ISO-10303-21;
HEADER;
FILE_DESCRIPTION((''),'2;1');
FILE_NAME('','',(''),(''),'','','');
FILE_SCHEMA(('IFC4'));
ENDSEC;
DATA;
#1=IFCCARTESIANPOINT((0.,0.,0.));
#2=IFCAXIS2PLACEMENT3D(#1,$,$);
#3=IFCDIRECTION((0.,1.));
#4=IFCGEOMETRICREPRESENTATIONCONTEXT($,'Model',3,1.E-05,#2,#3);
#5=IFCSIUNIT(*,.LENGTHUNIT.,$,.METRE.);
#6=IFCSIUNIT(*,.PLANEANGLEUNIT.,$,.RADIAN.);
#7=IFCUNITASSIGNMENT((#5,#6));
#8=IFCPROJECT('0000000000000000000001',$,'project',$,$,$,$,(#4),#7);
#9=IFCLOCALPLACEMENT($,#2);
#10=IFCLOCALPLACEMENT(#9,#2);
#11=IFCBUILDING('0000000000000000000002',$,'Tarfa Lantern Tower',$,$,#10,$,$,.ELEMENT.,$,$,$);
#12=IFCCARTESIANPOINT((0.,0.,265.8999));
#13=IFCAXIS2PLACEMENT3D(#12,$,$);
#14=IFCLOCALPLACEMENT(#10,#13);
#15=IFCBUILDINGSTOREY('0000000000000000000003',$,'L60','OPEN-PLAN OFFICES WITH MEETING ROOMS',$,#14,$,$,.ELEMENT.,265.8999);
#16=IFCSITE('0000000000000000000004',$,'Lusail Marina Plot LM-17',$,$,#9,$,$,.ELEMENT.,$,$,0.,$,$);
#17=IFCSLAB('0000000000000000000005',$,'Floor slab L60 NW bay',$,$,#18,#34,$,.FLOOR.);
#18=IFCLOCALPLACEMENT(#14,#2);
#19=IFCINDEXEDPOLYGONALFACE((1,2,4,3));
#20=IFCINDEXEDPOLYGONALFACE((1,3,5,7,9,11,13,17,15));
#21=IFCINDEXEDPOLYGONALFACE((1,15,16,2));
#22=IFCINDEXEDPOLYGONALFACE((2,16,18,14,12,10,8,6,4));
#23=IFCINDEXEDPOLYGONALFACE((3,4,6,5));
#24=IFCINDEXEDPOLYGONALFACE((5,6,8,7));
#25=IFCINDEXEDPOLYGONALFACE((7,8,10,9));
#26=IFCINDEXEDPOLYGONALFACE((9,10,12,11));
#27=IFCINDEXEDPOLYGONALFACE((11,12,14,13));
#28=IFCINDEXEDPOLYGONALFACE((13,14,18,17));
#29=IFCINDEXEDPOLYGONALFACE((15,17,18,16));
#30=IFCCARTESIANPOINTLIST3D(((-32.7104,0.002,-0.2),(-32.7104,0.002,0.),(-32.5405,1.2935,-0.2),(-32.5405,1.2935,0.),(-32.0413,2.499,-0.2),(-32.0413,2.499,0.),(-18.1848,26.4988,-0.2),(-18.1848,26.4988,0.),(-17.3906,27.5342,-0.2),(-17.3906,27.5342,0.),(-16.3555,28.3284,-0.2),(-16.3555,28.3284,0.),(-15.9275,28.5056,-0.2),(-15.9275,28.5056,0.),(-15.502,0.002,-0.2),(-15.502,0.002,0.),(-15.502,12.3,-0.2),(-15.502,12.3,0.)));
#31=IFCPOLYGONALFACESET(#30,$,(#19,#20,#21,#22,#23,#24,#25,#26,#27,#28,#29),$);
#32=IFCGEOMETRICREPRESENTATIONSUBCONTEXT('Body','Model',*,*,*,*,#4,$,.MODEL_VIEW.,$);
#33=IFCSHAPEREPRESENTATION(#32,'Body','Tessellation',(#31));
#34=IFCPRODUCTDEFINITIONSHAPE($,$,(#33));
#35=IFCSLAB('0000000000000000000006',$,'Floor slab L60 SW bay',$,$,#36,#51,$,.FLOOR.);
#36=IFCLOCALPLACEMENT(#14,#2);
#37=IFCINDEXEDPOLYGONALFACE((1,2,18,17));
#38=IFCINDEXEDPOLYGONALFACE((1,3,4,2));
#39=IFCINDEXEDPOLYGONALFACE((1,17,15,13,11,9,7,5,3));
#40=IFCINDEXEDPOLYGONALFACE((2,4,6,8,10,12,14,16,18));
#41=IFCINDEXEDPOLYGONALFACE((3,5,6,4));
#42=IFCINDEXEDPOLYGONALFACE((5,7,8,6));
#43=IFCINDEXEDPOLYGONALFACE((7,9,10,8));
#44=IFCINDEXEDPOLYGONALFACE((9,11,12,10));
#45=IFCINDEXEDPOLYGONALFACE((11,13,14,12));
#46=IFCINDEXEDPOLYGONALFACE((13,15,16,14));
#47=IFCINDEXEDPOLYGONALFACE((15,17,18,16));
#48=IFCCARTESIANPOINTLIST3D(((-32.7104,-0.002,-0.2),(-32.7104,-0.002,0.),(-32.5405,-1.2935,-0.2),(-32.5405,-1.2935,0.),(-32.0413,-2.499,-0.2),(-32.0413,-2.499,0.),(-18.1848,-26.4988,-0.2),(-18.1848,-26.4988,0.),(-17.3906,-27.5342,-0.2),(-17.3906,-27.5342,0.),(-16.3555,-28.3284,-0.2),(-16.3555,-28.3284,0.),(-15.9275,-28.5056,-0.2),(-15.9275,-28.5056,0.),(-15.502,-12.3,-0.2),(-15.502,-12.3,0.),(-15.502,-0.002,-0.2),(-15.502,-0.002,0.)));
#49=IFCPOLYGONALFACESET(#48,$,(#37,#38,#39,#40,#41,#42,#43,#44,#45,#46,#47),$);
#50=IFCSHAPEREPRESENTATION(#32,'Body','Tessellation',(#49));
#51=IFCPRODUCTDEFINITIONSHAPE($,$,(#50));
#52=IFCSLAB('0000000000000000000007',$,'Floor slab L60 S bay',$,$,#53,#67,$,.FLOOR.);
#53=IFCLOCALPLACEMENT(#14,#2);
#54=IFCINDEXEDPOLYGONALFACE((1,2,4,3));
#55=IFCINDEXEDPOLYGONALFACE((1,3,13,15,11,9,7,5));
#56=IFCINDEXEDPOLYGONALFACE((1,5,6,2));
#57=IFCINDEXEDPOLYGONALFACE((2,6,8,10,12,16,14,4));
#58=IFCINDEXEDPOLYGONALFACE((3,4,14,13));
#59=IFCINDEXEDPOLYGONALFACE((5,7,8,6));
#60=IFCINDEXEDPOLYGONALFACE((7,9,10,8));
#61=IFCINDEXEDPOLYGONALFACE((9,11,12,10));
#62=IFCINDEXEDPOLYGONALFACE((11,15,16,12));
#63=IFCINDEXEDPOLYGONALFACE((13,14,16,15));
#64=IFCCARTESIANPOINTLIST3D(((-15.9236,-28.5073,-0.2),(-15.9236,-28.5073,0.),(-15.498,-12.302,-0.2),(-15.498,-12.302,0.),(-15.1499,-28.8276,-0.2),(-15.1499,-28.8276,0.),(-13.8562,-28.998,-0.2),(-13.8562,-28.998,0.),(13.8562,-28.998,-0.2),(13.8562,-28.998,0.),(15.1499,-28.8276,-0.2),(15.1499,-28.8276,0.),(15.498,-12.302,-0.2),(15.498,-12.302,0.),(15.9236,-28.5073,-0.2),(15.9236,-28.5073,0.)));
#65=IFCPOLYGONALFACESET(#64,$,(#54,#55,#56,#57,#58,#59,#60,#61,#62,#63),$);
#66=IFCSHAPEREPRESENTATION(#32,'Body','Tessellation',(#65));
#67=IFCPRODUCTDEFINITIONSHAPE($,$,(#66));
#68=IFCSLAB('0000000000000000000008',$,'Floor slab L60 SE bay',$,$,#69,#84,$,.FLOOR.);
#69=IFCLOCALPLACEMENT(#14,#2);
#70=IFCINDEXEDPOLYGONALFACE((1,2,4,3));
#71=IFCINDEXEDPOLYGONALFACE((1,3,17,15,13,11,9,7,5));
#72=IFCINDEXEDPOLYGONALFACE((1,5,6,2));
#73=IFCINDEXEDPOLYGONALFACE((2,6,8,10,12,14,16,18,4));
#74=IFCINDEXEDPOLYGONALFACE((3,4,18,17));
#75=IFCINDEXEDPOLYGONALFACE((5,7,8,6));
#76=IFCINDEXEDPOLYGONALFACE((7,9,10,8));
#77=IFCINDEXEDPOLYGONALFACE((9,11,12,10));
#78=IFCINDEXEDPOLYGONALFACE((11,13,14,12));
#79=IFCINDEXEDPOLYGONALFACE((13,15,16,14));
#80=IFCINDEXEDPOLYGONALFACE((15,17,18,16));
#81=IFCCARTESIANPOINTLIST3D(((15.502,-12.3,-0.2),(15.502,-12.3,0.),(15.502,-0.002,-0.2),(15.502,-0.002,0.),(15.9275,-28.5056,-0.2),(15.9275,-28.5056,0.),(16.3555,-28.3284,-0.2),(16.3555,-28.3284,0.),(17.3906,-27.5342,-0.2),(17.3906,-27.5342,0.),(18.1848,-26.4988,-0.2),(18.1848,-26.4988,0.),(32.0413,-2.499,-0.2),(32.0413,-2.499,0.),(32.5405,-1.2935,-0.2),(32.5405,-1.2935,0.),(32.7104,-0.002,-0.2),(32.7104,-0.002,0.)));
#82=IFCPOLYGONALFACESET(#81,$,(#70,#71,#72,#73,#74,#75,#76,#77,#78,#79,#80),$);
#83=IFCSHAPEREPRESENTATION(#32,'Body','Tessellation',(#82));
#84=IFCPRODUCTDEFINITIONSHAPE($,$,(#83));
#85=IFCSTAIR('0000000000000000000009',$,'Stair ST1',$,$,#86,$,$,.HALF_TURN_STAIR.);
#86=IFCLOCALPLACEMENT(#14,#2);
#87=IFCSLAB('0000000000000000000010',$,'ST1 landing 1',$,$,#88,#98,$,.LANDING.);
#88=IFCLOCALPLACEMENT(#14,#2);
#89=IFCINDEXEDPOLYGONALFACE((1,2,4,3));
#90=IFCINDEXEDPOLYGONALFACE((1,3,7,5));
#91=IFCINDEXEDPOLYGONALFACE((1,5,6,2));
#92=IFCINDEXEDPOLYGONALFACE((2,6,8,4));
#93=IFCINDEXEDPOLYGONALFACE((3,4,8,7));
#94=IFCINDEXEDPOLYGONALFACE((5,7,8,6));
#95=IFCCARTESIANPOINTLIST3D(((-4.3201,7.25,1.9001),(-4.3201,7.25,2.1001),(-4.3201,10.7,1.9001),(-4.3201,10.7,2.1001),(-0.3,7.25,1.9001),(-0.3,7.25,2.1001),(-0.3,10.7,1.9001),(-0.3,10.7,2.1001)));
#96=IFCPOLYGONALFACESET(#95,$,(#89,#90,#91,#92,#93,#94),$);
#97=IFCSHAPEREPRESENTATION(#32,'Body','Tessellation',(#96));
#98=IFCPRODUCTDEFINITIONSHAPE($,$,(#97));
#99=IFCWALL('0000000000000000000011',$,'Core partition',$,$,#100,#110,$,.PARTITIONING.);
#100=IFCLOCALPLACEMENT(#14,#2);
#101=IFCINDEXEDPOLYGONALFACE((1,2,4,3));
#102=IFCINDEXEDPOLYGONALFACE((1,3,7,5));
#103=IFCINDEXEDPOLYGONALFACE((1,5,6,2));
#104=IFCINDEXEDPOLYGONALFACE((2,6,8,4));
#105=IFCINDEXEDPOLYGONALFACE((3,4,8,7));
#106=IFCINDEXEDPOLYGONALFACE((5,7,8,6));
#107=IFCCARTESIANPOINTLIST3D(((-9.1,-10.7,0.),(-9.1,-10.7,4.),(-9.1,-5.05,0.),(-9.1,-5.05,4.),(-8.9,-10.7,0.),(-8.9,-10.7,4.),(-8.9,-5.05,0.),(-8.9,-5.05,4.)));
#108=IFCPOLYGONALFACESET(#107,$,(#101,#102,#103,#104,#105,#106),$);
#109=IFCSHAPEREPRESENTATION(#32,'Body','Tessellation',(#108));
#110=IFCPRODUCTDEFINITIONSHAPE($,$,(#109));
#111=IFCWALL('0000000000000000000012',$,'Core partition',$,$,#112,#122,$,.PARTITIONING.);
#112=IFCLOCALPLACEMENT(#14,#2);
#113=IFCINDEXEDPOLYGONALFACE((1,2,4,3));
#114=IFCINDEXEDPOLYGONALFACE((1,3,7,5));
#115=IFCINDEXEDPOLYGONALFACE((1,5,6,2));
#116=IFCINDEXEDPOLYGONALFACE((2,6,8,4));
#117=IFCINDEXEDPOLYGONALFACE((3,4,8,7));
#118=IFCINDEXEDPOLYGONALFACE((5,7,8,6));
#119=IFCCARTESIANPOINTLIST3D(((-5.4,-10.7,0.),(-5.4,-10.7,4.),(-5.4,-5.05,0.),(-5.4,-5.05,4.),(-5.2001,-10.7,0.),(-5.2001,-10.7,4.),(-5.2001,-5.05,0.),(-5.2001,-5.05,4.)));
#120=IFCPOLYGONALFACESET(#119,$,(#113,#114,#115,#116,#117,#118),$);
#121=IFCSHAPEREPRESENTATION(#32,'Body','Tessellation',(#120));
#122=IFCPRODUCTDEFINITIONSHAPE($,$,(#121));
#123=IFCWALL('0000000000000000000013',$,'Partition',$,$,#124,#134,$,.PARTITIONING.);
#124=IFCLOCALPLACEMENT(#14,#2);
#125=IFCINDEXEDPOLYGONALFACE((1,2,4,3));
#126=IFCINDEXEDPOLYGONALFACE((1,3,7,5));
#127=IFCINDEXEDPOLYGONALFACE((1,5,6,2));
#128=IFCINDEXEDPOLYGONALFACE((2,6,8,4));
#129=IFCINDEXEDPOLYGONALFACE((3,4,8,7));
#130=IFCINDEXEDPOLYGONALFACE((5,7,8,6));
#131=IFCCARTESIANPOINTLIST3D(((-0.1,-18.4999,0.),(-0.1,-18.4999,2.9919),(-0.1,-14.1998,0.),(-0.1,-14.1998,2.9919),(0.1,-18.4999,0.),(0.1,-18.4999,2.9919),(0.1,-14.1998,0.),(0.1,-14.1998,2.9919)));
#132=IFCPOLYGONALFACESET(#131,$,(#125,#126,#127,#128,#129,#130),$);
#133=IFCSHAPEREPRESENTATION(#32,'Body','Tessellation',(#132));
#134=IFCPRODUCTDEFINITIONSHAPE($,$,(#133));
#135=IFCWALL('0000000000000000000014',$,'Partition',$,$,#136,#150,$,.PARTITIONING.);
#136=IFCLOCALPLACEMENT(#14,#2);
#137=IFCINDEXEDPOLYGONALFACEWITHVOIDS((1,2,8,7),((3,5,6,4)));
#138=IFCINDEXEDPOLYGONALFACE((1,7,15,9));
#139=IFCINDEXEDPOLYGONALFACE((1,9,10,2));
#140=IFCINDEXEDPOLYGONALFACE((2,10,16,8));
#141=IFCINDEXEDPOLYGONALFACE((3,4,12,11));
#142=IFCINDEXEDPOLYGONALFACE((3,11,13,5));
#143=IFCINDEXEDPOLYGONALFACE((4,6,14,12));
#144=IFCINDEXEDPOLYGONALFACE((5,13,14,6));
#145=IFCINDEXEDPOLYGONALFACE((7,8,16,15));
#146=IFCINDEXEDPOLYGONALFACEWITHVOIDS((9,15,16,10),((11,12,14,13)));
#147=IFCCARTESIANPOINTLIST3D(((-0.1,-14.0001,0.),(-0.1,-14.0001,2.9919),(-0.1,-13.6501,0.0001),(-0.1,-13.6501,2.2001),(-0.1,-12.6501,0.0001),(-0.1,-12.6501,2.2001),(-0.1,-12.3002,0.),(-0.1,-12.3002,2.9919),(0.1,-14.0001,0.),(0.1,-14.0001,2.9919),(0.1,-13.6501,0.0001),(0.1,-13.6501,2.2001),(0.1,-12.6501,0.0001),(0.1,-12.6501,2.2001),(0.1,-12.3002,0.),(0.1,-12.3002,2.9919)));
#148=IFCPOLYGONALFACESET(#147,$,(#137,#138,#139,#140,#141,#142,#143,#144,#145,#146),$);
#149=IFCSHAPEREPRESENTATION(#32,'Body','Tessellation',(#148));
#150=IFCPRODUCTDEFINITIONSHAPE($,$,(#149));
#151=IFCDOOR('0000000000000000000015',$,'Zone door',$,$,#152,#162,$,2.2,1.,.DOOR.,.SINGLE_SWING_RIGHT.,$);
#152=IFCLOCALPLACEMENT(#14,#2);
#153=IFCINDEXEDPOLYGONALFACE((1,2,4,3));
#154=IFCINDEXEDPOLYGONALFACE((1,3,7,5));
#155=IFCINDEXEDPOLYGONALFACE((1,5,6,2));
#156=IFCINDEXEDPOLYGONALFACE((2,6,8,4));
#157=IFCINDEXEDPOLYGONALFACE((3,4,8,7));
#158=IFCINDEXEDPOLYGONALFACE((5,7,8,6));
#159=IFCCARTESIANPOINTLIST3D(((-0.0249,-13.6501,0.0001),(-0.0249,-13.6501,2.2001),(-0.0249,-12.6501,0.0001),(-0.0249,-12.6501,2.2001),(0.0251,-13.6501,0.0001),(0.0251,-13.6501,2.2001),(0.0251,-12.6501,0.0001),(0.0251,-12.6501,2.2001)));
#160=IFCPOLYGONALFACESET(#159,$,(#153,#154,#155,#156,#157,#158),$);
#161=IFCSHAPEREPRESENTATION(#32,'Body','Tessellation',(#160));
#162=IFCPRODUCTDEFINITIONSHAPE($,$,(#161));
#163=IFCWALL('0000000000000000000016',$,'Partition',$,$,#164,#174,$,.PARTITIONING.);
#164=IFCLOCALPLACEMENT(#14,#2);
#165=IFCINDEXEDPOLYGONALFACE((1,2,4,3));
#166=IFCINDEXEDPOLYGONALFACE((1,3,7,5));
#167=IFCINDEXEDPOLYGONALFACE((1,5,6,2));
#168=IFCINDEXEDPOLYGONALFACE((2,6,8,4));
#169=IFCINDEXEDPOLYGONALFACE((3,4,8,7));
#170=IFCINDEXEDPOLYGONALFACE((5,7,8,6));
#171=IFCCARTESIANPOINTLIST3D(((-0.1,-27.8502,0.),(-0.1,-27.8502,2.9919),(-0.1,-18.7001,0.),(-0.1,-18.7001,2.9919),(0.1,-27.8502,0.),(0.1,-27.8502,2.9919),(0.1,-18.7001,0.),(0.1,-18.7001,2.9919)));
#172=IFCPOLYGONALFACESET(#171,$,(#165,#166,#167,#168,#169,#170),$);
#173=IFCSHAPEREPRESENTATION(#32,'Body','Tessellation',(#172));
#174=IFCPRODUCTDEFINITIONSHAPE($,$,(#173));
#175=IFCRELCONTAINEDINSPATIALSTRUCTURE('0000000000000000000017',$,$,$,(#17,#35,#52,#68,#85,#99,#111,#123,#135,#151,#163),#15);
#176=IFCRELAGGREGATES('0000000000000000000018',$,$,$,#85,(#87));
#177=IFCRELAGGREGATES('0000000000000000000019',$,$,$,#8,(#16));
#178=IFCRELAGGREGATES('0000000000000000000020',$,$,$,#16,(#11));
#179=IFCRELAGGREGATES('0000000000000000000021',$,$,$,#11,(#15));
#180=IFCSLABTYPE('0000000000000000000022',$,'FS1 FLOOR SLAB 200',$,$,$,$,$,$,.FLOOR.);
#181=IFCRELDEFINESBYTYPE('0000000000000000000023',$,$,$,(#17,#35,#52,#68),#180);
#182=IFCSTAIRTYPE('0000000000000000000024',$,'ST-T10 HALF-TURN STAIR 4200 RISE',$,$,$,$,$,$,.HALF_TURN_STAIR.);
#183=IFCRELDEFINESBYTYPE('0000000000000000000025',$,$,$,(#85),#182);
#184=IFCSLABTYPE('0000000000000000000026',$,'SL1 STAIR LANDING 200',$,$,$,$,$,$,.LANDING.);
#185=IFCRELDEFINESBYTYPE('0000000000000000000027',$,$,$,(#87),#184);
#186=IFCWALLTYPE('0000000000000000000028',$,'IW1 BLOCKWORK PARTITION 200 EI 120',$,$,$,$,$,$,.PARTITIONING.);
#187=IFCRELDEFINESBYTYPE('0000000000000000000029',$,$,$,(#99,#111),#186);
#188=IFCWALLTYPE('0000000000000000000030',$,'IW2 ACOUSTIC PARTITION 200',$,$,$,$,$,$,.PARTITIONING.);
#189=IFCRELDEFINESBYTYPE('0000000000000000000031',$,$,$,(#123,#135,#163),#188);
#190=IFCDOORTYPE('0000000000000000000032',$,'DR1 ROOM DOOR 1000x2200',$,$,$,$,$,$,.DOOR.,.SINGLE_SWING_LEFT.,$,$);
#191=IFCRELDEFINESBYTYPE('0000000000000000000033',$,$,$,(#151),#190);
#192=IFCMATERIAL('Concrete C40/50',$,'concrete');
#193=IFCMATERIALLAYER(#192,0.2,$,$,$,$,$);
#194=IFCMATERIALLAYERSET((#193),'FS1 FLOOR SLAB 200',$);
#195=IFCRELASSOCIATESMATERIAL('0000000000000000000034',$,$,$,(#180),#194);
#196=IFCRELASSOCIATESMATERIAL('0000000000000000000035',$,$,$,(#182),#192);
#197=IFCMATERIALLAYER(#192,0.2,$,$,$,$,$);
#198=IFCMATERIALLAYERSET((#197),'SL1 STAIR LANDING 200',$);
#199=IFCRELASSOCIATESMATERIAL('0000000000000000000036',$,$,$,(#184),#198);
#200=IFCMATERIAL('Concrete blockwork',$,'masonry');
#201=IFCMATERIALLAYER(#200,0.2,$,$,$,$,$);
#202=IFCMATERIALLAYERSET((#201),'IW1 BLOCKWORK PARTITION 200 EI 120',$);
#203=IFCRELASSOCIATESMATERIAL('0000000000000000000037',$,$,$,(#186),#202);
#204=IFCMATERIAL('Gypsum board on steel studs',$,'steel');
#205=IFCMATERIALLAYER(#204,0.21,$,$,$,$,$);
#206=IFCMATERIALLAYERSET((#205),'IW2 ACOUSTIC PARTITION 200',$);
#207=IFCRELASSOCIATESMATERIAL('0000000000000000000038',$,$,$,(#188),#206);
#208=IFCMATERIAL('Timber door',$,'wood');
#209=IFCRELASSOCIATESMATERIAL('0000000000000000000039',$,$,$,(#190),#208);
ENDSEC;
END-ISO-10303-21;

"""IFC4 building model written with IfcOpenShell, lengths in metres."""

from ifc_helpers import new_model, si_unit, direction, frame, frame_2d, origin, place, context, subcontext, project, spatial, polyline, rectangle, outline, extrude, material, layer, layer_set, type_object, element, fill, aggregate, save


model = new_model("IFC4")

# Units and contexts
model_context = context("Model", 3, precision=1e-05, world=origin(), true_north=direction((0.0, 1.0)))
body_context = subcontext(model_context, "Body", "Model", "MODEL_VIEW")
ifc_project = project(units=[si_unit("LENGTHUNIT", "METRE"), si_unit("PLANEANGLEUNIT", "RADIAN")], contexts=[model_context])

# Site, building, storey
site_placement = place(None, origin())
site = spatial("IfcSite", under=ifc_project, at=site_placement, Name="Lusail Marina Plot LM-17", CompositionType="ELEMENT", RefElevation=0.0)
building_placement = place(site_placement, origin())
building = spatial("IfcBuilding", under=site, at=building_placement, Name="Tarfa Lantern Tower", CompositionType="ELEMENT")
storey_placement = place(building_placement, frame((0.0, 0.0, 265.8999)))
storey = spatial("IfcBuildingStorey", under=building, at=storey_placement, Name="L60", Description="OPEN-PLAN OFFICES WITH MEETING ROOMS", CompositionType="ELEMENT", Elevation=265.8999)

# Slabs
ifc_material_1 = material(Name="Concrete C40/50", Category="concrete")
ifc_layer_1 = layer(ifc_material_1, 0.2)
ifc_layer_set_1 = layer_set([ifc_layer_1], Name="FS1 FLOOR SLAB 200")
slab_type_1 = type_object("IfcSlabType", Name="FS1 FLOOR SLAB 200", PredefinedType="FLOOR", material=ifc_layer_set_1)
slab_1_placement = place(storey_placement, frame((0.0, 0.0, -0.2)))
element("IfcSlab", 1, at=slab_1_placement, inside=storey, type_object=slab_type_1, Name="Floor slab L60 NW bay", PredefinedType="FLOOR", context=body_context, shape_type="SweptSolid", body=[
    extrude(outline(polyline([(-15.502, 0.002), (-15.502, 12.3), (-15.9275, 28.5056), (-16.3555, 28.3284), (-17.3906, 27.5342), (-18.1848, 26.4988), (-32.0413, 2.499), (-32.5405, 1.2935), (-32.7104, 0.002), (-15.502, 0.002)])), origin(), (0.0, 0.0, 1.0), 0.2),
])
slab_2_placement = place(storey_placement, frame((0.0, 0.0, -0.2)))
element("IfcSlab", 2, at=slab_2_placement, inside=storey, type_object=slab_type_1, Name="Floor slab L60 SW bay", PredefinedType="FLOOR", context=body_context, shape_type="SweptSolid", body=[
    extrude(outline(polyline([(-15.502, -12.3), (-15.502, -0.002), (-32.7104, -0.002), (-32.5405, -1.2935), (-32.0413, -2.499), (-18.1848, -26.4988), (-17.3906, -27.5342), (-16.3555, -28.3284), (-15.9275, -28.5056), (-15.502, -12.3)])), origin(), (0.0, 0.0, 1.0), 0.2),
])
slab_3_placement = place(storey_placement, frame((0.0, 0.0, -0.2)))
element("IfcSlab", 3, at=slab_3_placement, inside=storey, type_object=slab_type_1, Name="Floor slab L60 S bay", PredefinedType="FLOOR", context=body_context, shape_type="SweptSolid", body=[
    extrude(outline(polyline([(15.498, -12.302), (-15.498, -12.302), (-15.9236, -28.5073), (-15.1499, -28.8276), (-13.8562, -28.998), (13.8562, -28.998), (15.1499, -28.8276), (15.9236, -28.5073), (15.498, -12.302)])), origin(), (0.0, 0.0, 1.0), 0.2),
])
slab_4_placement = place(storey_placement, frame((0.0, 0.0, -0.2)))
element("IfcSlab", 4, at=slab_4_placement, inside=storey, type_object=slab_type_1, Name="Floor slab L60 SE bay", PredefinedType="FLOOR", context=body_context, shape_type="SweptSolid", body=[
    extrude(outline(polyline([(15.502, -0.002), (15.502, -12.3), (15.9275, -28.5056), (16.3555, -28.3284), (17.3906, -27.5342), (18.1848, -26.4988), (32.0413, -2.499), (32.5405, -1.2935), (32.7104, -0.002), (15.502, -0.002)])), origin(), (0.0, 0.0, 1.0), 0.2),
])

# Stair, slab
stair_type = type_object("IfcStairType", Name="ST-T10 HALF-TURN STAIR 4200 RISE", PredefinedType="HALF_TURN_STAIR", material=ifc_material_1)
stair_placement = place(storey_placement, origin())
stair = element("IfcStair", 5, at=stair_placement, inside=storey, type_object=stair_type, Name="Stair ST1", PredefinedType="HALF_TURN_STAIR")
ifc_layer_2 = layer(ifc_material_1, 0.2)
ifc_layer_set_2 = layer_set([ifc_layer_2], Name="SL1 STAIR LANDING 200")
slab_type_2 = type_object("IfcSlabType", Name="SL1 STAIR LANDING 200", PredefinedType="LANDING", material=ifc_layer_set_2)
slab_5_placement = place(storey_placement, frame((0.0, 0.0, 1.9001)))
slab_5 = element("IfcSlab", 6, at=slab_5_placement, type_object=slab_type_2, Name="ST1 landing 1", PredefinedType="LANDING", context=body_context, shape_type="SweptSolid", body=[
    extrude(outline(polyline([(-4.3201, 7.25), (-0.3, 7.25), (-0.3, 10.7), (-4.3201, 10.7), (-4.3201, 7.25)])), origin(), (0.0, 0.0, 1.0), 0.2),
])
aggregate(stair, [slab_5])

# Walls
ifc_material_2 = material(Name="Concrete blockwork", Category="masonry")
ifc_layer_3 = layer(ifc_material_2, 0.2)
ifc_layer_set_3 = layer_set([ifc_layer_3], Name="IW1 BLOCKWORK PARTITION 200 EI 120")
wall_type_1 = type_object("IfcWallType", Name="IW1 BLOCKWORK PARTITION 200 EI 120", PredefinedType="PARTITIONING", material=ifc_layer_set_3)
for number, where, z_axis, x_axis, name in (
    (7, (-9.0, -5.05, 0.0), (0.0, 0.0, 1.0), (0.0, -1.0, 0.0), "Core partition"),
    (8, (-5.3, -5.05, 0.0), (0.0, 0.0, 1.0), (0.0, -1.0, 0.0), "Core partition"),
):
    element("IfcWall", number, at=place(storey_placement, frame(where, z_axis=z_axis, x_axis=x_axis)), inside=storey, type_object=wall_type_1, Name=name, PredefinedType="PARTITIONING", context=body_context, shape_type="SweptSolid", body=[
        extrude(rectangle(XDim=5.6499, YDim=0.2, at=frame_2d((2.825, 0.0))), origin(), (0.0, 0.0, 1.0), 4.0),
    ])
ifc_material_3 = material(Name="Gypsum board on steel studs", Category="steel")
ifc_layer_4 = layer(ifc_material_3, 0.21)
ifc_layer_set_4 = layer_set([ifc_layer_4], Name="IW2 ACOUSTIC PARTITION 200")
wall_type_2 = type_object("IfcWallType", Name="IW2 ACOUSTIC PARTITION 200", PredefinedType="PARTITIONING", material=ifc_layer_set_4)
wall_1_placement = place(storey_placement, frame((0.0, -14.2, 0.0), z_axis=(0.0, 0.0, 1.0), x_axis=(0.0, -1.0, 0.0)))
element("IfcWall", 9, at=wall_1_placement, inside=storey, type_object=wall_type_2, Name="Partition", PredefinedType="PARTITIONING", context=body_context, shape_type="SweptSolid", body=[
    extrude(rectangle(XDim=4.3, YDim=0.2, at=frame_2d((2.1499, 0.0))), origin(), (0.0, 0.0, 1.0), 2.9919),
])

# Wall, opening, door
wall_2_placement = place(storey_placement, frame((0.0, -12.3, 0.0), z_axis=(0.0, 0.0, 1.0), x_axis=(0.0, -1.0, 0.0)))
wall_2 = element("IfcWall", 10, at=wall_2_placement, inside=storey, type_object=wall_type_2, Name="Partition", PredefinedType="PARTITIONING", context=body_context, shape_type="SweptSolid", body=[
    extrude(rectangle(XDim=1.7, YDim=0.2, at=frame_2d((0.8501, 0.0))), origin(), (0.0, 0.0, 1.0), 2.9919),
])
opening_1_placement = place(wall_2_placement, frame((0.3501, 0.0, 0.0)))
opening_1 = element("IfcOpeningElement", 11, at=opening_1_placement, cuts=wall_2, PredefinedType="OPENING", context=body_context, shape_type="SweptSolid", body=[
    extrude(rectangle(XDim=1.0, YDim=2.2, at=frame_2d((0.5, 1.1001))), frame((0.0, 0.1099, 0.0), z_axis=(0.0, -1.0, 0.0), x_axis=(1.0, 0.0, 0.0)), (0.0, 0.0, 1.0), 0.22),
])
ifc_material_4 = material(Name="Timber door", Category="wood")
door_type_1 = type_object("IfcDoorType", Name="DR1 ROOM DOOR 1000x2200", OperationType="SINGLE_SWING_LEFT", PredefinedType="DOOR", material=ifc_material_4)
door_1_placement = place(opening_1_placement, frame((1.0, 0.0, 0.0), z_axis=(0.0, 0.0, 1.0), x_axis=(-1.0, 0.0, 0.0)))
door_1 = element("IfcDoor", 12, at=door_1_placement, inside=storey, type_object=door_type_1, Name="Zone door", OperationType="SINGLE_SWING_RIGHT", OverallHeight=2.2, OverallWidth=1.0, PredefinedType="DOOR", context=body_context, shape_type="SweptSolid", body=[
    extrude(rectangle(XDim=1.0, YDim=2.2, at=frame_2d((0.5, 1.1001))), frame((0.0, 0.0249, 0.0), z_axis=(0.0, -1.0, 0.0), x_axis=(1.0, 0.0, 0.0)), (0.0, 0.0, 1.0), 0.05),
])
fill(opening_1, door_1)

# Wall
wall_3_placement = place(storey_placement, frame((0.0, -18.7, 0.0), z_axis=(0.0, 0.0, 1.0), x_axis=(0.0, -1.0, 0.0)))
element("IfcWall", 13, at=wall_3_placement, inside=storey, type_object=wall_type_2, Name="Partition", PredefinedType="PARTITIONING", context=body_context, shape_type="SweptSolid", body=[
    extrude(rectangle(XDim=9.1501, YDim=0.2, at=frame_2d((4.5752, 0.0))), origin(), (0.0, 0.0, 1.0), 2.9919),
])

save(model, "model.ifc")
